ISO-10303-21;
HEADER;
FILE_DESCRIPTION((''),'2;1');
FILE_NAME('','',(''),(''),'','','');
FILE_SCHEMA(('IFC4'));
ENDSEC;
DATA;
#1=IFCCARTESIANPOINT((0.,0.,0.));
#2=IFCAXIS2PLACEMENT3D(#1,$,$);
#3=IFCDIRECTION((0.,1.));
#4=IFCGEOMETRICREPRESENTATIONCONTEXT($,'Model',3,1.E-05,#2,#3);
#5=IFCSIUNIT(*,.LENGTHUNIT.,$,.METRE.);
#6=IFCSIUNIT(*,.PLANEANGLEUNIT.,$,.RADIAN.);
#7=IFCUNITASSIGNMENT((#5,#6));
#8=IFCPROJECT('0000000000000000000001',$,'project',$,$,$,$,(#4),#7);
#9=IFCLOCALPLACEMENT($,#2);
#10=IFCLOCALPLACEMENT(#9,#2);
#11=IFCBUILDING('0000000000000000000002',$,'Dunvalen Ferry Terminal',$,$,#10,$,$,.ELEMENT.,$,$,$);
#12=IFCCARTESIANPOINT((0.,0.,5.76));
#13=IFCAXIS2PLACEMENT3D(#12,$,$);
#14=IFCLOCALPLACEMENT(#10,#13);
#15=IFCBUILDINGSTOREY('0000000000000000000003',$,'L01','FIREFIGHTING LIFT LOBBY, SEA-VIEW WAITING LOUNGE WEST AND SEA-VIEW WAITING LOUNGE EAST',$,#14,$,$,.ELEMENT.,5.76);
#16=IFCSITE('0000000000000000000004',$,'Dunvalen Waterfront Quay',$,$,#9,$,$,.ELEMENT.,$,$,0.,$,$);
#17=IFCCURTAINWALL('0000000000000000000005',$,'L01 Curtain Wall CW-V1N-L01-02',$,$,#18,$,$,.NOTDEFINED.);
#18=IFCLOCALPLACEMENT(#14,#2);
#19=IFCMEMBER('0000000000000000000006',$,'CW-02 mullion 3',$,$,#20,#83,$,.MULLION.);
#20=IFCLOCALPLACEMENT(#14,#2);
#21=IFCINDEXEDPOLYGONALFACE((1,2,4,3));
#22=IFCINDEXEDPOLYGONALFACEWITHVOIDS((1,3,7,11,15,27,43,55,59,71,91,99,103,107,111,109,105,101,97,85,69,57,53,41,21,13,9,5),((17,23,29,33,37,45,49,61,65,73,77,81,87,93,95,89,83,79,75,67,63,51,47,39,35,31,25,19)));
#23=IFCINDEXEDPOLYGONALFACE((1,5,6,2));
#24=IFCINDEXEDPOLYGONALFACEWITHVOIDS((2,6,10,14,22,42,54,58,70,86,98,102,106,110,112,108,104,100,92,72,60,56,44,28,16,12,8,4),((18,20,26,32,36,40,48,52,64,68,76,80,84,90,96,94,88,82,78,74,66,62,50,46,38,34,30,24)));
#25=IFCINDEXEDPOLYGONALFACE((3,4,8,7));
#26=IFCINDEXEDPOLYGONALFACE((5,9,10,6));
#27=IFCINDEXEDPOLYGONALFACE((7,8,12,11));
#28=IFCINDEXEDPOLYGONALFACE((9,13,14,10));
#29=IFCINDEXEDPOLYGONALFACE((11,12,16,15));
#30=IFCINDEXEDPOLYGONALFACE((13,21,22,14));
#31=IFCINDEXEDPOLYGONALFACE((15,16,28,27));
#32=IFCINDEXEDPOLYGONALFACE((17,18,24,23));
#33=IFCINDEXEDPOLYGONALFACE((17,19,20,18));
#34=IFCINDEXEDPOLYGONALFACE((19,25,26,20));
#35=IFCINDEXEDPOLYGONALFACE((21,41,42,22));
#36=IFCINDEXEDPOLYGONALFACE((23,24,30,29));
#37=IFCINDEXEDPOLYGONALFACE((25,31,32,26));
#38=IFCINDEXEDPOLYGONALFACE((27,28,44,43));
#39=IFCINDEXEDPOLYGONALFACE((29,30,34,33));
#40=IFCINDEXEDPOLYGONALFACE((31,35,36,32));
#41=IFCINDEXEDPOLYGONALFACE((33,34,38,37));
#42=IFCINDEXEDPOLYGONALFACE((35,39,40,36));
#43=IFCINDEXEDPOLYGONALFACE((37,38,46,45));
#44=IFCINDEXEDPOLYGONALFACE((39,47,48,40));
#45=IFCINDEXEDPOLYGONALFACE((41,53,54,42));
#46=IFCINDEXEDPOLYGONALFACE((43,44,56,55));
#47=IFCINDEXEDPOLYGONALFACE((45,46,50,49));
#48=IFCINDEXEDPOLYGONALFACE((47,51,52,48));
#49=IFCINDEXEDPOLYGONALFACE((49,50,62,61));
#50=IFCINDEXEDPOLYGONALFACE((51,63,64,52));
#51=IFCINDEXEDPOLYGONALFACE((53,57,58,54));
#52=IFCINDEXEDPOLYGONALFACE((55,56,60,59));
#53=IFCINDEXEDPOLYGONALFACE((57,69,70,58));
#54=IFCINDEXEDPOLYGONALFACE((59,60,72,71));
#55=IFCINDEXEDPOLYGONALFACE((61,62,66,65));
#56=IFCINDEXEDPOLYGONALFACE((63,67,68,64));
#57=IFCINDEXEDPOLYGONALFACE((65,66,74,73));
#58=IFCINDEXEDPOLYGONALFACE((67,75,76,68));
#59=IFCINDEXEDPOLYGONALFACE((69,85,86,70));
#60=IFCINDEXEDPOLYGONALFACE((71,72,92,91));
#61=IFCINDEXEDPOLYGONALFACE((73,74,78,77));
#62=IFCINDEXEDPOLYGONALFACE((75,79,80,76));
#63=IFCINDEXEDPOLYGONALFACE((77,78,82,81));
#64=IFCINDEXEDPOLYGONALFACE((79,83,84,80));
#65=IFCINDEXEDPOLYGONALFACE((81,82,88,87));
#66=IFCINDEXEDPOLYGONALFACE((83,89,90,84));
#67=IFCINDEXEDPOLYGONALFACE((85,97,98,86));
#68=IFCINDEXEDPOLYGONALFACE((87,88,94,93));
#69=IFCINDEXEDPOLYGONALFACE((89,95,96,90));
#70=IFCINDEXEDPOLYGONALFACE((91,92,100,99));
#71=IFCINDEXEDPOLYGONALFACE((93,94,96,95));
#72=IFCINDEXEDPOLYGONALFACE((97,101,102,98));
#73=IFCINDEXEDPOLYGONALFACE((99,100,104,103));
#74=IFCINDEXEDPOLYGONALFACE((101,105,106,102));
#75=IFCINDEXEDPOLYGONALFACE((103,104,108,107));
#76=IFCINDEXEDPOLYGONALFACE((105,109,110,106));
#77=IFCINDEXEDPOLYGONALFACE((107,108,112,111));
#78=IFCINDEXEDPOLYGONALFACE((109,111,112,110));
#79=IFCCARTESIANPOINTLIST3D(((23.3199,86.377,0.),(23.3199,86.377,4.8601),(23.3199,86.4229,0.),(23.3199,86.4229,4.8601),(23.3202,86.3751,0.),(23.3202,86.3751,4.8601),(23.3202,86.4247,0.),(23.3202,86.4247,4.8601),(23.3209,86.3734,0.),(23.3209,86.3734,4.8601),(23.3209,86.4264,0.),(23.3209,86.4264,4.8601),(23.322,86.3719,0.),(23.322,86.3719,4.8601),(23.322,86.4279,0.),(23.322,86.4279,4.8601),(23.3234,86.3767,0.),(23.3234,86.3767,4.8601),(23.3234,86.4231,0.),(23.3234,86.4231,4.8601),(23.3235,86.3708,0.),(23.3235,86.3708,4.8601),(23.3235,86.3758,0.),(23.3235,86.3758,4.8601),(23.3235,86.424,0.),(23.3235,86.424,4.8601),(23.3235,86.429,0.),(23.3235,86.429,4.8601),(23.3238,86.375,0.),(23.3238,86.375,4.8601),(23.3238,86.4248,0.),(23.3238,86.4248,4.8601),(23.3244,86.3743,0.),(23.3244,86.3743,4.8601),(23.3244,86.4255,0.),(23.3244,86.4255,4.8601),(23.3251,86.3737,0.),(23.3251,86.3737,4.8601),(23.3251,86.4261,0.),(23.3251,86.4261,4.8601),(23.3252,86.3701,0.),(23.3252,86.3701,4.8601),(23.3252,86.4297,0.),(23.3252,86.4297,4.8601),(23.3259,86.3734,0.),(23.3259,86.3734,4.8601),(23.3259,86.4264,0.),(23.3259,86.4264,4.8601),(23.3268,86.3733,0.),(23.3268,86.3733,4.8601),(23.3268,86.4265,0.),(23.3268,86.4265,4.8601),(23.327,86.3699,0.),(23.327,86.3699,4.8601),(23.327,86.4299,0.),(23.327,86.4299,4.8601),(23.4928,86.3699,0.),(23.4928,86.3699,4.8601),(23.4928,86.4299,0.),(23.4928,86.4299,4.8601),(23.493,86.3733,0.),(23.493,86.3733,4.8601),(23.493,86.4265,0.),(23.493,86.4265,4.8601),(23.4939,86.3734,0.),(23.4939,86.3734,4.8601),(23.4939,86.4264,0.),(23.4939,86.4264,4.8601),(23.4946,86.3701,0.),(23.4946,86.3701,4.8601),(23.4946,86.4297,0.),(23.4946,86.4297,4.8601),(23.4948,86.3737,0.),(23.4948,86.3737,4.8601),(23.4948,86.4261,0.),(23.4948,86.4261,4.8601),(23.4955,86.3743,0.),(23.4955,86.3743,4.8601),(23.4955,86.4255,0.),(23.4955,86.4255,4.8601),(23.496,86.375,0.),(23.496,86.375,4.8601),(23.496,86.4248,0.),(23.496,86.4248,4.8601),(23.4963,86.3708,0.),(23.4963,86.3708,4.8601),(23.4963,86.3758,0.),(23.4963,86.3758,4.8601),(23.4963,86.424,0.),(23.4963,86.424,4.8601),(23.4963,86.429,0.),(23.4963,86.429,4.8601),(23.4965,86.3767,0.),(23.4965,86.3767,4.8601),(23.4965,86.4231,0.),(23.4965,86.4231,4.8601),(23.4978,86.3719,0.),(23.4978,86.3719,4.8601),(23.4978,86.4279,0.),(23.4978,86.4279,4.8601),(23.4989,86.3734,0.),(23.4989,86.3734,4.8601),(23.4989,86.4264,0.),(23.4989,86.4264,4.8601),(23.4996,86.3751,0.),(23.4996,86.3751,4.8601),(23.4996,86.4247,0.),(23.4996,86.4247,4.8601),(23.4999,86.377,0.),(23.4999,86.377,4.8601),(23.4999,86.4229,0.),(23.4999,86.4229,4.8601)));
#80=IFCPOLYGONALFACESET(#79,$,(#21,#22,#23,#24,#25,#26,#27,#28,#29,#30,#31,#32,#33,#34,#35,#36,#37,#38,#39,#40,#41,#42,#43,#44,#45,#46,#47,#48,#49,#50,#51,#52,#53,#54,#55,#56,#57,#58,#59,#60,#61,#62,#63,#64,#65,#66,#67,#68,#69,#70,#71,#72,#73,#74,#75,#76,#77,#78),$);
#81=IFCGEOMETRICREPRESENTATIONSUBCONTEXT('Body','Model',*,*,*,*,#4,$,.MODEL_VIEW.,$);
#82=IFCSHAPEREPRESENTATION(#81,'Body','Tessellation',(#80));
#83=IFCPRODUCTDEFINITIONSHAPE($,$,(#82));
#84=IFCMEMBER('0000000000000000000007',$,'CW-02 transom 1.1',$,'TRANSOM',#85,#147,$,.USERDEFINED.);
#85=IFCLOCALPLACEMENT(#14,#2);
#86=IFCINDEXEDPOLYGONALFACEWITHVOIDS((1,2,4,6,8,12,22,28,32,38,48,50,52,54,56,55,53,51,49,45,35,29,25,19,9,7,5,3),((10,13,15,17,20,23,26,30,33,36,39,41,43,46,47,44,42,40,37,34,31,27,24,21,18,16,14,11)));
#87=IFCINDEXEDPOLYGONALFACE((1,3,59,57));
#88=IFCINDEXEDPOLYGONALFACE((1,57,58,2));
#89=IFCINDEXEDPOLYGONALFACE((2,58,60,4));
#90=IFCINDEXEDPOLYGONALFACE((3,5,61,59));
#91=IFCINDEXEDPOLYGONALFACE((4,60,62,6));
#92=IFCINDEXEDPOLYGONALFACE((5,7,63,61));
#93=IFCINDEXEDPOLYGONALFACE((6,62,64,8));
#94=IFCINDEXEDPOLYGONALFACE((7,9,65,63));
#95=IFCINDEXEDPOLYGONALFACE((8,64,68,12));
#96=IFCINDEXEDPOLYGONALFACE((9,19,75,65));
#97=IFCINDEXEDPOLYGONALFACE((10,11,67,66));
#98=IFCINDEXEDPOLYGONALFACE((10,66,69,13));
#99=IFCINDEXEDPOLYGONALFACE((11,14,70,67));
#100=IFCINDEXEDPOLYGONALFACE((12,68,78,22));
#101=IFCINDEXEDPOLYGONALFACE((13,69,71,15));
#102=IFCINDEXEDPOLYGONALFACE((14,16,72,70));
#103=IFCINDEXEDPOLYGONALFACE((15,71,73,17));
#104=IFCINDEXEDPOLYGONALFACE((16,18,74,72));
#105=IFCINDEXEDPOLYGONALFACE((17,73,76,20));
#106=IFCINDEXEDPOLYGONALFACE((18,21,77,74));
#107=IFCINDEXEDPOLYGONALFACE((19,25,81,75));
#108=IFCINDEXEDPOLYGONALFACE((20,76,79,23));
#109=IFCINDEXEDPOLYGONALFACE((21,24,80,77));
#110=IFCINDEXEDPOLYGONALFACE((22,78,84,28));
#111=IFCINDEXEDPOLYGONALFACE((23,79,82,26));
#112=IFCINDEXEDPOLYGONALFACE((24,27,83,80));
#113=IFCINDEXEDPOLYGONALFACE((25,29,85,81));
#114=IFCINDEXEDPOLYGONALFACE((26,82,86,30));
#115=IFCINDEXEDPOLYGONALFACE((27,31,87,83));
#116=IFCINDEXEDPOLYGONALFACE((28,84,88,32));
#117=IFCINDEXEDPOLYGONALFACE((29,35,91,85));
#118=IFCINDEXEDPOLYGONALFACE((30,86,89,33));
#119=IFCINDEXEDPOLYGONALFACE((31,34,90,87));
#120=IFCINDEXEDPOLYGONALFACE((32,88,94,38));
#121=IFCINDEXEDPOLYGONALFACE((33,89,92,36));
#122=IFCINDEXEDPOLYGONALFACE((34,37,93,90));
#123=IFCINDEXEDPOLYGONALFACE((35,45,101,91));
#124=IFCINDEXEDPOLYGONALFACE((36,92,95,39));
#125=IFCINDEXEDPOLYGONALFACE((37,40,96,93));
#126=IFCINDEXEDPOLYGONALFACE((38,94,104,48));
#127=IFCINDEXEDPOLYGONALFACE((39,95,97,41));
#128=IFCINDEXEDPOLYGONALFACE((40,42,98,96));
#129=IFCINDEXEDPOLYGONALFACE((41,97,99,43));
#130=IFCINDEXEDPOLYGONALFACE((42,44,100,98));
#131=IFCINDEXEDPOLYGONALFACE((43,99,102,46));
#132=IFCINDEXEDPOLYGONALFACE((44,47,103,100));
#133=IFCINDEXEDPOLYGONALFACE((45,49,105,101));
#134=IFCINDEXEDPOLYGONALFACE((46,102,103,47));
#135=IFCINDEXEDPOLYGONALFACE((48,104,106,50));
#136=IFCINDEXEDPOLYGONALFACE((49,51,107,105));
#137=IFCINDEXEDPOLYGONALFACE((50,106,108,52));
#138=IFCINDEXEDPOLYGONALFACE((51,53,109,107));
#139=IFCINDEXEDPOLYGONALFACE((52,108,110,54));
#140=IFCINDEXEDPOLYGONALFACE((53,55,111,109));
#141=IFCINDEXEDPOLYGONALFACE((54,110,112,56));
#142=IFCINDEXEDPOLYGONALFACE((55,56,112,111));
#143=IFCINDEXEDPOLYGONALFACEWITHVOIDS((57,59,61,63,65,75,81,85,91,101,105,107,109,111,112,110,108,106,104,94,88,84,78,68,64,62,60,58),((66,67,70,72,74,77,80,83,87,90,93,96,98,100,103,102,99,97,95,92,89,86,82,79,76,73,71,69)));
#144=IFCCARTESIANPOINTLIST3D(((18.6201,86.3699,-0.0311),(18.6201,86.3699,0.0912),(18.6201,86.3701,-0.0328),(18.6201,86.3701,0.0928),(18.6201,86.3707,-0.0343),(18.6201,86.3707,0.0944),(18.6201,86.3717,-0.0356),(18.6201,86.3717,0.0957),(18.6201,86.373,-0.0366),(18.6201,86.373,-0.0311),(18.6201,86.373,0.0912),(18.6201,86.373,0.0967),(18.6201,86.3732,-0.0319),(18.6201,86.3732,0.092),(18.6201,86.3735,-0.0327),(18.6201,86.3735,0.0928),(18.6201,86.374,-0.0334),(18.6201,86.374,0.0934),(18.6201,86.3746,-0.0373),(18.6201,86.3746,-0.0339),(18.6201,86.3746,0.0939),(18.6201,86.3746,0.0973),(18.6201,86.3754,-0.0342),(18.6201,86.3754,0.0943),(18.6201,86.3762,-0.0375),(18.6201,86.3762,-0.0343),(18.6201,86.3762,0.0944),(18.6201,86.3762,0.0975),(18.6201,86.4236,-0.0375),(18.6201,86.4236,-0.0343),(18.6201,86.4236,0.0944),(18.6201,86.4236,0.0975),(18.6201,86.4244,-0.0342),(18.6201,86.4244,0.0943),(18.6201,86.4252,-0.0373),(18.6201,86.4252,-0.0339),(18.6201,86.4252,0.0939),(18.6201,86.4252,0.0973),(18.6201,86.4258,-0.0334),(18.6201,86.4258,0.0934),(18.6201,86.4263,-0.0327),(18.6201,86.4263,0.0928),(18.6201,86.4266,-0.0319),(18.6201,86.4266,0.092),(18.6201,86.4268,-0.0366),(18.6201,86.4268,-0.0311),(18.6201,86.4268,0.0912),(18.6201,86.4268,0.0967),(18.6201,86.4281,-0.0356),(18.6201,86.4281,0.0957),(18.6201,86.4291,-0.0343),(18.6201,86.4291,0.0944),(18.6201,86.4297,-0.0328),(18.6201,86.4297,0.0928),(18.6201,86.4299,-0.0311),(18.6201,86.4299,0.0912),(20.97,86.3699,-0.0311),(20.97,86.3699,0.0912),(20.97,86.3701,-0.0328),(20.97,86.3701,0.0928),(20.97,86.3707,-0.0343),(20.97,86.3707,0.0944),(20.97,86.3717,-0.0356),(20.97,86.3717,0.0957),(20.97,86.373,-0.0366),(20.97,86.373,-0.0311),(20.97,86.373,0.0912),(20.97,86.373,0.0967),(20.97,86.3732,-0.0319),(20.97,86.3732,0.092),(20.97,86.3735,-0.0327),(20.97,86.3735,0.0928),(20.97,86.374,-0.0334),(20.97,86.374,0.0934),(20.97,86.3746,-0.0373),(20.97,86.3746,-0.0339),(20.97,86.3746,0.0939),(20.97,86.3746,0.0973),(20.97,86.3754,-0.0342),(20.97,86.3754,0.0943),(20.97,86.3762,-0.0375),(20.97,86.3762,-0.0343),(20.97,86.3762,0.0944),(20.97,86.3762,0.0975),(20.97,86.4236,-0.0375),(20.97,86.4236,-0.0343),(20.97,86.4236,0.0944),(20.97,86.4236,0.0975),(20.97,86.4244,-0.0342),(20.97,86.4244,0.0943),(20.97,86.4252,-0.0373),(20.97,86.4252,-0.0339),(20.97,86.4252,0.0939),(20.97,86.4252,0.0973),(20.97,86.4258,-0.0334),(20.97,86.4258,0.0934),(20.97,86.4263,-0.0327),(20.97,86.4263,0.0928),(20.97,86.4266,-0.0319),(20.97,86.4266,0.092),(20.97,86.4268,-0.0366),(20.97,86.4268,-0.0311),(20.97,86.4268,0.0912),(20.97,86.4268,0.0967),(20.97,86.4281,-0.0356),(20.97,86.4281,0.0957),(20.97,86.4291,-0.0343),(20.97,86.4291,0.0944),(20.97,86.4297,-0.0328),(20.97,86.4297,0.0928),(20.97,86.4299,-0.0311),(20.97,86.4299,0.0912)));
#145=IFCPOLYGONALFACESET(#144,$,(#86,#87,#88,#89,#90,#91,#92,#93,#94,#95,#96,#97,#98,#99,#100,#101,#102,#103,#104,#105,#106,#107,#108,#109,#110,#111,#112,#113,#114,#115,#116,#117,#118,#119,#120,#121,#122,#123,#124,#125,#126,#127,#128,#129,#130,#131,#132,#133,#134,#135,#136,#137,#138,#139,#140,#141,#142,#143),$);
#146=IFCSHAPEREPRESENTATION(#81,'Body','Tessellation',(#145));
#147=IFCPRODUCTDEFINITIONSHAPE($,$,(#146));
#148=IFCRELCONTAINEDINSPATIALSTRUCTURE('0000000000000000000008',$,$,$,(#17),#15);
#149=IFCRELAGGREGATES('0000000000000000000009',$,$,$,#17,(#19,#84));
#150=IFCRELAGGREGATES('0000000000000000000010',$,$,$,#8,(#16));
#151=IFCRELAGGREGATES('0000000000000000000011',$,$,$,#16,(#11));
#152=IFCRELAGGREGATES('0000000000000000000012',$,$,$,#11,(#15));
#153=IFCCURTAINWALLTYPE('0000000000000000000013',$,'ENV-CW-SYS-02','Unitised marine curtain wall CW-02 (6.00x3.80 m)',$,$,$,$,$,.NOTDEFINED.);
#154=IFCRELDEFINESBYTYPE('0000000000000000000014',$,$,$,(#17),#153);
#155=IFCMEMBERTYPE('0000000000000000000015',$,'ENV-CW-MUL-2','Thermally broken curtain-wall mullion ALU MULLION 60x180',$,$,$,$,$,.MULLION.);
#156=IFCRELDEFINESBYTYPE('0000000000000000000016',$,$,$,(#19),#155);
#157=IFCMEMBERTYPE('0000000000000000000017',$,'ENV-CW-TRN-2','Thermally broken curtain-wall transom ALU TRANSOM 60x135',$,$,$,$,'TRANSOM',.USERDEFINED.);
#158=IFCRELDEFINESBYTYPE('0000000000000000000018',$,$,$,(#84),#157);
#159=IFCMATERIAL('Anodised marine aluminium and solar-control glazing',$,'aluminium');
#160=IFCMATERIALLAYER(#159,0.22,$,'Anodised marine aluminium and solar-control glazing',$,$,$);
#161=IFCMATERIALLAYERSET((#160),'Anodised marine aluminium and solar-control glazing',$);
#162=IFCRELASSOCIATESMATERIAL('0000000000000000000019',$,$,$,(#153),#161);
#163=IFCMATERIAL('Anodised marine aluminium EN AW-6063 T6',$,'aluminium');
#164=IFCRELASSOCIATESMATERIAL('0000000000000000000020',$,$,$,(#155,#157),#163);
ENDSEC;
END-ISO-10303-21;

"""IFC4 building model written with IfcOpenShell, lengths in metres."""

from ifc_helpers import new_model, si_unit, direction, frame, origin, origin_2d, place, context, subcontext, project, spatial, hollow_rectangle, extrude, material, layer, layer_set, material_profile, profile_set, type_object, element, aggregate, save


model = new_model("IFC4")

# Units and contexts
model_context = context("Model", 3, precision=1e-05, world=origin(), true_north=direction((0.0, 1.0)))
body_context = subcontext(model_context, "Body", "Model", "MODEL_VIEW")
ifc_project = project(units=[si_unit("LENGTHUNIT", "METRE"), si_unit("PLANEANGLEUNIT", "RADIAN")], contexts=[model_context])

# Site, building, storey
site_placement = place(None, origin())
site = spatial("IfcSite", under=ifc_project, at=site_placement, Name="Dunvalen Waterfront Quay", CompositionType="ELEMENT", RefElevation=0.0)
building_placement = place(site_placement, origin())
building = spatial("IfcBuilding", under=site, at=building_placement, Name="Dunvalen Ferry Terminal", CompositionType="ELEMENT")
storey_placement = place(building_placement, frame((0.0, 0.0, 5.76)))
storey = spatial("IfcBuildingStorey", under=building, at=storey_placement, Name="L01", Description="FIREFIGHTING LIFT LOBBY, SEA-VIEW WAITING LOUNGE WEST AND SEA-VIEW WAITING LOUNGE EAST", CompositionType="ELEMENT", Elevation=5.76)

# Curtain wall, members
ifc_material_1 = material(Name="Anodised marine aluminium and solar-control glazing", Category="aluminium")
ifc_layer_1 = layer(ifc_material_1, 0.22, Name="Anodised marine aluminium and solar-control glazing")
ifc_layer_set_1 = layer_set([ifc_layer_1], Name="Anodised marine aluminium and solar-control glazing")
curtain_wall_type = type_object("IfcCurtainWallType", Name="ENV-CW-SYS-02", Description="Unitised marine curtain wall CW-02 (6.00x3.80 m)", PredefinedType="NOTDEFINED", material=ifc_layer_set_1)
curtain_wall_placement = place(storey_placement, origin())
curtain_wall = element("IfcCurtainWall", 1, at=curtain_wall_placement, inside=storey, type_object=curtain_wall_type, Name="L01 Curtain Wall CW-V1N-L01-02", PredefinedType="NOTDEFINED")
ifc_material_2 = material(Name="Anodised marine aluminium EN AW-6063 T6", Category="aluminium")
ifc_material_profile_1 = material_profile(ifc_material_2, hollow_rectangle(XDim=0.0601, YDim=0.1799, WallThickness=0.0034, InnerFilletRadius=0.0034, OuterFilletRadius=0.0071, at=origin_2d()), Name="Anodised marine aluminium EN AW-6063 T6")
ifc_profile_set_1 = profile_set([ifc_material_profile_1], Name="Anodised marine aluminium EN AW-6063 T6")
member_type_1 = type_object("IfcMemberType", Name="ENV-CW-MUL-2", Description="Thermally broken curtain-wall mullion ALU MULLION 60x180", PredefinedType="MULLION", material=ifc_profile_set_1)
member_1_placement = place(storey_placement, frame((23.4099, 86.3999, 0.0), z_axis=(0.0, 0.0, 1.0), x_axis=(0.0, 1.0, 0.0)))
member_1 = element("IfcMember", 2, at=member_1_placement, type_object=member_type_1, Name="CW-02 mullion 3", PredefinedType="MULLION", context=body_context, shape_type="SweptSolid", body=[
    extrude(hollow_rectangle(XDim=0.0601, YDim=0.1799, WallThickness=0.0034, InnerFilletRadius=0.0034, OuterFilletRadius=0.0071, at=origin_2d()), origin(), (0.0, 0.0, 1.0), 4.8601),
])
ifc_material_profile_2 = material_profile(ifc_material_2, hollow_rectangle(XDim=0.0601, YDim=0.135, WallThickness=0.0032, InnerFilletRadius=0.0032, OuterFilletRadius=0.0063, at=origin_2d()), Name="Anodised marine aluminium EN AW-6063 T6")
ifc_profile_set_2 = profile_set([ifc_material_profile_2], Name="Anodised marine aluminium EN AW-6063 T6")
member_type_2 = type_object("IfcMemberType", Name="ENV-CW-TRN-2", Description="Thermally broken curtain-wall transom ALU TRANSOM 60x135", ElementType="TRANSOM", PredefinedType="USERDEFINED", material=ifc_profile_set_2)
member_2_placement = place(storey_placement, frame((18.6201, 86.3999, 0.03), z_axis=(1.0, 0.0, 0.0), x_axis=(0.0, 1.0, 0.0)))
member_2 = element("IfcMember", 3, at=member_2_placement, type_object=member_type_2, Name="CW-02 transom 1.1", ObjectType="TRANSOM", PredefinedType="USERDEFINED", context=body_context, shape_type="SweptSolid", body=[
    extrude(hollow_rectangle(XDim=0.0601, YDim=0.135, WallThickness=0.0032, InnerFilletRadius=0.0032, OuterFilletRadius=0.0063, at=origin_2d()), origin(), (0.0, 0.0, 1.0), 2.3499),
])

aggregate(curtain_wall, [member_1, member_2])

save(model, "model.ifc")
